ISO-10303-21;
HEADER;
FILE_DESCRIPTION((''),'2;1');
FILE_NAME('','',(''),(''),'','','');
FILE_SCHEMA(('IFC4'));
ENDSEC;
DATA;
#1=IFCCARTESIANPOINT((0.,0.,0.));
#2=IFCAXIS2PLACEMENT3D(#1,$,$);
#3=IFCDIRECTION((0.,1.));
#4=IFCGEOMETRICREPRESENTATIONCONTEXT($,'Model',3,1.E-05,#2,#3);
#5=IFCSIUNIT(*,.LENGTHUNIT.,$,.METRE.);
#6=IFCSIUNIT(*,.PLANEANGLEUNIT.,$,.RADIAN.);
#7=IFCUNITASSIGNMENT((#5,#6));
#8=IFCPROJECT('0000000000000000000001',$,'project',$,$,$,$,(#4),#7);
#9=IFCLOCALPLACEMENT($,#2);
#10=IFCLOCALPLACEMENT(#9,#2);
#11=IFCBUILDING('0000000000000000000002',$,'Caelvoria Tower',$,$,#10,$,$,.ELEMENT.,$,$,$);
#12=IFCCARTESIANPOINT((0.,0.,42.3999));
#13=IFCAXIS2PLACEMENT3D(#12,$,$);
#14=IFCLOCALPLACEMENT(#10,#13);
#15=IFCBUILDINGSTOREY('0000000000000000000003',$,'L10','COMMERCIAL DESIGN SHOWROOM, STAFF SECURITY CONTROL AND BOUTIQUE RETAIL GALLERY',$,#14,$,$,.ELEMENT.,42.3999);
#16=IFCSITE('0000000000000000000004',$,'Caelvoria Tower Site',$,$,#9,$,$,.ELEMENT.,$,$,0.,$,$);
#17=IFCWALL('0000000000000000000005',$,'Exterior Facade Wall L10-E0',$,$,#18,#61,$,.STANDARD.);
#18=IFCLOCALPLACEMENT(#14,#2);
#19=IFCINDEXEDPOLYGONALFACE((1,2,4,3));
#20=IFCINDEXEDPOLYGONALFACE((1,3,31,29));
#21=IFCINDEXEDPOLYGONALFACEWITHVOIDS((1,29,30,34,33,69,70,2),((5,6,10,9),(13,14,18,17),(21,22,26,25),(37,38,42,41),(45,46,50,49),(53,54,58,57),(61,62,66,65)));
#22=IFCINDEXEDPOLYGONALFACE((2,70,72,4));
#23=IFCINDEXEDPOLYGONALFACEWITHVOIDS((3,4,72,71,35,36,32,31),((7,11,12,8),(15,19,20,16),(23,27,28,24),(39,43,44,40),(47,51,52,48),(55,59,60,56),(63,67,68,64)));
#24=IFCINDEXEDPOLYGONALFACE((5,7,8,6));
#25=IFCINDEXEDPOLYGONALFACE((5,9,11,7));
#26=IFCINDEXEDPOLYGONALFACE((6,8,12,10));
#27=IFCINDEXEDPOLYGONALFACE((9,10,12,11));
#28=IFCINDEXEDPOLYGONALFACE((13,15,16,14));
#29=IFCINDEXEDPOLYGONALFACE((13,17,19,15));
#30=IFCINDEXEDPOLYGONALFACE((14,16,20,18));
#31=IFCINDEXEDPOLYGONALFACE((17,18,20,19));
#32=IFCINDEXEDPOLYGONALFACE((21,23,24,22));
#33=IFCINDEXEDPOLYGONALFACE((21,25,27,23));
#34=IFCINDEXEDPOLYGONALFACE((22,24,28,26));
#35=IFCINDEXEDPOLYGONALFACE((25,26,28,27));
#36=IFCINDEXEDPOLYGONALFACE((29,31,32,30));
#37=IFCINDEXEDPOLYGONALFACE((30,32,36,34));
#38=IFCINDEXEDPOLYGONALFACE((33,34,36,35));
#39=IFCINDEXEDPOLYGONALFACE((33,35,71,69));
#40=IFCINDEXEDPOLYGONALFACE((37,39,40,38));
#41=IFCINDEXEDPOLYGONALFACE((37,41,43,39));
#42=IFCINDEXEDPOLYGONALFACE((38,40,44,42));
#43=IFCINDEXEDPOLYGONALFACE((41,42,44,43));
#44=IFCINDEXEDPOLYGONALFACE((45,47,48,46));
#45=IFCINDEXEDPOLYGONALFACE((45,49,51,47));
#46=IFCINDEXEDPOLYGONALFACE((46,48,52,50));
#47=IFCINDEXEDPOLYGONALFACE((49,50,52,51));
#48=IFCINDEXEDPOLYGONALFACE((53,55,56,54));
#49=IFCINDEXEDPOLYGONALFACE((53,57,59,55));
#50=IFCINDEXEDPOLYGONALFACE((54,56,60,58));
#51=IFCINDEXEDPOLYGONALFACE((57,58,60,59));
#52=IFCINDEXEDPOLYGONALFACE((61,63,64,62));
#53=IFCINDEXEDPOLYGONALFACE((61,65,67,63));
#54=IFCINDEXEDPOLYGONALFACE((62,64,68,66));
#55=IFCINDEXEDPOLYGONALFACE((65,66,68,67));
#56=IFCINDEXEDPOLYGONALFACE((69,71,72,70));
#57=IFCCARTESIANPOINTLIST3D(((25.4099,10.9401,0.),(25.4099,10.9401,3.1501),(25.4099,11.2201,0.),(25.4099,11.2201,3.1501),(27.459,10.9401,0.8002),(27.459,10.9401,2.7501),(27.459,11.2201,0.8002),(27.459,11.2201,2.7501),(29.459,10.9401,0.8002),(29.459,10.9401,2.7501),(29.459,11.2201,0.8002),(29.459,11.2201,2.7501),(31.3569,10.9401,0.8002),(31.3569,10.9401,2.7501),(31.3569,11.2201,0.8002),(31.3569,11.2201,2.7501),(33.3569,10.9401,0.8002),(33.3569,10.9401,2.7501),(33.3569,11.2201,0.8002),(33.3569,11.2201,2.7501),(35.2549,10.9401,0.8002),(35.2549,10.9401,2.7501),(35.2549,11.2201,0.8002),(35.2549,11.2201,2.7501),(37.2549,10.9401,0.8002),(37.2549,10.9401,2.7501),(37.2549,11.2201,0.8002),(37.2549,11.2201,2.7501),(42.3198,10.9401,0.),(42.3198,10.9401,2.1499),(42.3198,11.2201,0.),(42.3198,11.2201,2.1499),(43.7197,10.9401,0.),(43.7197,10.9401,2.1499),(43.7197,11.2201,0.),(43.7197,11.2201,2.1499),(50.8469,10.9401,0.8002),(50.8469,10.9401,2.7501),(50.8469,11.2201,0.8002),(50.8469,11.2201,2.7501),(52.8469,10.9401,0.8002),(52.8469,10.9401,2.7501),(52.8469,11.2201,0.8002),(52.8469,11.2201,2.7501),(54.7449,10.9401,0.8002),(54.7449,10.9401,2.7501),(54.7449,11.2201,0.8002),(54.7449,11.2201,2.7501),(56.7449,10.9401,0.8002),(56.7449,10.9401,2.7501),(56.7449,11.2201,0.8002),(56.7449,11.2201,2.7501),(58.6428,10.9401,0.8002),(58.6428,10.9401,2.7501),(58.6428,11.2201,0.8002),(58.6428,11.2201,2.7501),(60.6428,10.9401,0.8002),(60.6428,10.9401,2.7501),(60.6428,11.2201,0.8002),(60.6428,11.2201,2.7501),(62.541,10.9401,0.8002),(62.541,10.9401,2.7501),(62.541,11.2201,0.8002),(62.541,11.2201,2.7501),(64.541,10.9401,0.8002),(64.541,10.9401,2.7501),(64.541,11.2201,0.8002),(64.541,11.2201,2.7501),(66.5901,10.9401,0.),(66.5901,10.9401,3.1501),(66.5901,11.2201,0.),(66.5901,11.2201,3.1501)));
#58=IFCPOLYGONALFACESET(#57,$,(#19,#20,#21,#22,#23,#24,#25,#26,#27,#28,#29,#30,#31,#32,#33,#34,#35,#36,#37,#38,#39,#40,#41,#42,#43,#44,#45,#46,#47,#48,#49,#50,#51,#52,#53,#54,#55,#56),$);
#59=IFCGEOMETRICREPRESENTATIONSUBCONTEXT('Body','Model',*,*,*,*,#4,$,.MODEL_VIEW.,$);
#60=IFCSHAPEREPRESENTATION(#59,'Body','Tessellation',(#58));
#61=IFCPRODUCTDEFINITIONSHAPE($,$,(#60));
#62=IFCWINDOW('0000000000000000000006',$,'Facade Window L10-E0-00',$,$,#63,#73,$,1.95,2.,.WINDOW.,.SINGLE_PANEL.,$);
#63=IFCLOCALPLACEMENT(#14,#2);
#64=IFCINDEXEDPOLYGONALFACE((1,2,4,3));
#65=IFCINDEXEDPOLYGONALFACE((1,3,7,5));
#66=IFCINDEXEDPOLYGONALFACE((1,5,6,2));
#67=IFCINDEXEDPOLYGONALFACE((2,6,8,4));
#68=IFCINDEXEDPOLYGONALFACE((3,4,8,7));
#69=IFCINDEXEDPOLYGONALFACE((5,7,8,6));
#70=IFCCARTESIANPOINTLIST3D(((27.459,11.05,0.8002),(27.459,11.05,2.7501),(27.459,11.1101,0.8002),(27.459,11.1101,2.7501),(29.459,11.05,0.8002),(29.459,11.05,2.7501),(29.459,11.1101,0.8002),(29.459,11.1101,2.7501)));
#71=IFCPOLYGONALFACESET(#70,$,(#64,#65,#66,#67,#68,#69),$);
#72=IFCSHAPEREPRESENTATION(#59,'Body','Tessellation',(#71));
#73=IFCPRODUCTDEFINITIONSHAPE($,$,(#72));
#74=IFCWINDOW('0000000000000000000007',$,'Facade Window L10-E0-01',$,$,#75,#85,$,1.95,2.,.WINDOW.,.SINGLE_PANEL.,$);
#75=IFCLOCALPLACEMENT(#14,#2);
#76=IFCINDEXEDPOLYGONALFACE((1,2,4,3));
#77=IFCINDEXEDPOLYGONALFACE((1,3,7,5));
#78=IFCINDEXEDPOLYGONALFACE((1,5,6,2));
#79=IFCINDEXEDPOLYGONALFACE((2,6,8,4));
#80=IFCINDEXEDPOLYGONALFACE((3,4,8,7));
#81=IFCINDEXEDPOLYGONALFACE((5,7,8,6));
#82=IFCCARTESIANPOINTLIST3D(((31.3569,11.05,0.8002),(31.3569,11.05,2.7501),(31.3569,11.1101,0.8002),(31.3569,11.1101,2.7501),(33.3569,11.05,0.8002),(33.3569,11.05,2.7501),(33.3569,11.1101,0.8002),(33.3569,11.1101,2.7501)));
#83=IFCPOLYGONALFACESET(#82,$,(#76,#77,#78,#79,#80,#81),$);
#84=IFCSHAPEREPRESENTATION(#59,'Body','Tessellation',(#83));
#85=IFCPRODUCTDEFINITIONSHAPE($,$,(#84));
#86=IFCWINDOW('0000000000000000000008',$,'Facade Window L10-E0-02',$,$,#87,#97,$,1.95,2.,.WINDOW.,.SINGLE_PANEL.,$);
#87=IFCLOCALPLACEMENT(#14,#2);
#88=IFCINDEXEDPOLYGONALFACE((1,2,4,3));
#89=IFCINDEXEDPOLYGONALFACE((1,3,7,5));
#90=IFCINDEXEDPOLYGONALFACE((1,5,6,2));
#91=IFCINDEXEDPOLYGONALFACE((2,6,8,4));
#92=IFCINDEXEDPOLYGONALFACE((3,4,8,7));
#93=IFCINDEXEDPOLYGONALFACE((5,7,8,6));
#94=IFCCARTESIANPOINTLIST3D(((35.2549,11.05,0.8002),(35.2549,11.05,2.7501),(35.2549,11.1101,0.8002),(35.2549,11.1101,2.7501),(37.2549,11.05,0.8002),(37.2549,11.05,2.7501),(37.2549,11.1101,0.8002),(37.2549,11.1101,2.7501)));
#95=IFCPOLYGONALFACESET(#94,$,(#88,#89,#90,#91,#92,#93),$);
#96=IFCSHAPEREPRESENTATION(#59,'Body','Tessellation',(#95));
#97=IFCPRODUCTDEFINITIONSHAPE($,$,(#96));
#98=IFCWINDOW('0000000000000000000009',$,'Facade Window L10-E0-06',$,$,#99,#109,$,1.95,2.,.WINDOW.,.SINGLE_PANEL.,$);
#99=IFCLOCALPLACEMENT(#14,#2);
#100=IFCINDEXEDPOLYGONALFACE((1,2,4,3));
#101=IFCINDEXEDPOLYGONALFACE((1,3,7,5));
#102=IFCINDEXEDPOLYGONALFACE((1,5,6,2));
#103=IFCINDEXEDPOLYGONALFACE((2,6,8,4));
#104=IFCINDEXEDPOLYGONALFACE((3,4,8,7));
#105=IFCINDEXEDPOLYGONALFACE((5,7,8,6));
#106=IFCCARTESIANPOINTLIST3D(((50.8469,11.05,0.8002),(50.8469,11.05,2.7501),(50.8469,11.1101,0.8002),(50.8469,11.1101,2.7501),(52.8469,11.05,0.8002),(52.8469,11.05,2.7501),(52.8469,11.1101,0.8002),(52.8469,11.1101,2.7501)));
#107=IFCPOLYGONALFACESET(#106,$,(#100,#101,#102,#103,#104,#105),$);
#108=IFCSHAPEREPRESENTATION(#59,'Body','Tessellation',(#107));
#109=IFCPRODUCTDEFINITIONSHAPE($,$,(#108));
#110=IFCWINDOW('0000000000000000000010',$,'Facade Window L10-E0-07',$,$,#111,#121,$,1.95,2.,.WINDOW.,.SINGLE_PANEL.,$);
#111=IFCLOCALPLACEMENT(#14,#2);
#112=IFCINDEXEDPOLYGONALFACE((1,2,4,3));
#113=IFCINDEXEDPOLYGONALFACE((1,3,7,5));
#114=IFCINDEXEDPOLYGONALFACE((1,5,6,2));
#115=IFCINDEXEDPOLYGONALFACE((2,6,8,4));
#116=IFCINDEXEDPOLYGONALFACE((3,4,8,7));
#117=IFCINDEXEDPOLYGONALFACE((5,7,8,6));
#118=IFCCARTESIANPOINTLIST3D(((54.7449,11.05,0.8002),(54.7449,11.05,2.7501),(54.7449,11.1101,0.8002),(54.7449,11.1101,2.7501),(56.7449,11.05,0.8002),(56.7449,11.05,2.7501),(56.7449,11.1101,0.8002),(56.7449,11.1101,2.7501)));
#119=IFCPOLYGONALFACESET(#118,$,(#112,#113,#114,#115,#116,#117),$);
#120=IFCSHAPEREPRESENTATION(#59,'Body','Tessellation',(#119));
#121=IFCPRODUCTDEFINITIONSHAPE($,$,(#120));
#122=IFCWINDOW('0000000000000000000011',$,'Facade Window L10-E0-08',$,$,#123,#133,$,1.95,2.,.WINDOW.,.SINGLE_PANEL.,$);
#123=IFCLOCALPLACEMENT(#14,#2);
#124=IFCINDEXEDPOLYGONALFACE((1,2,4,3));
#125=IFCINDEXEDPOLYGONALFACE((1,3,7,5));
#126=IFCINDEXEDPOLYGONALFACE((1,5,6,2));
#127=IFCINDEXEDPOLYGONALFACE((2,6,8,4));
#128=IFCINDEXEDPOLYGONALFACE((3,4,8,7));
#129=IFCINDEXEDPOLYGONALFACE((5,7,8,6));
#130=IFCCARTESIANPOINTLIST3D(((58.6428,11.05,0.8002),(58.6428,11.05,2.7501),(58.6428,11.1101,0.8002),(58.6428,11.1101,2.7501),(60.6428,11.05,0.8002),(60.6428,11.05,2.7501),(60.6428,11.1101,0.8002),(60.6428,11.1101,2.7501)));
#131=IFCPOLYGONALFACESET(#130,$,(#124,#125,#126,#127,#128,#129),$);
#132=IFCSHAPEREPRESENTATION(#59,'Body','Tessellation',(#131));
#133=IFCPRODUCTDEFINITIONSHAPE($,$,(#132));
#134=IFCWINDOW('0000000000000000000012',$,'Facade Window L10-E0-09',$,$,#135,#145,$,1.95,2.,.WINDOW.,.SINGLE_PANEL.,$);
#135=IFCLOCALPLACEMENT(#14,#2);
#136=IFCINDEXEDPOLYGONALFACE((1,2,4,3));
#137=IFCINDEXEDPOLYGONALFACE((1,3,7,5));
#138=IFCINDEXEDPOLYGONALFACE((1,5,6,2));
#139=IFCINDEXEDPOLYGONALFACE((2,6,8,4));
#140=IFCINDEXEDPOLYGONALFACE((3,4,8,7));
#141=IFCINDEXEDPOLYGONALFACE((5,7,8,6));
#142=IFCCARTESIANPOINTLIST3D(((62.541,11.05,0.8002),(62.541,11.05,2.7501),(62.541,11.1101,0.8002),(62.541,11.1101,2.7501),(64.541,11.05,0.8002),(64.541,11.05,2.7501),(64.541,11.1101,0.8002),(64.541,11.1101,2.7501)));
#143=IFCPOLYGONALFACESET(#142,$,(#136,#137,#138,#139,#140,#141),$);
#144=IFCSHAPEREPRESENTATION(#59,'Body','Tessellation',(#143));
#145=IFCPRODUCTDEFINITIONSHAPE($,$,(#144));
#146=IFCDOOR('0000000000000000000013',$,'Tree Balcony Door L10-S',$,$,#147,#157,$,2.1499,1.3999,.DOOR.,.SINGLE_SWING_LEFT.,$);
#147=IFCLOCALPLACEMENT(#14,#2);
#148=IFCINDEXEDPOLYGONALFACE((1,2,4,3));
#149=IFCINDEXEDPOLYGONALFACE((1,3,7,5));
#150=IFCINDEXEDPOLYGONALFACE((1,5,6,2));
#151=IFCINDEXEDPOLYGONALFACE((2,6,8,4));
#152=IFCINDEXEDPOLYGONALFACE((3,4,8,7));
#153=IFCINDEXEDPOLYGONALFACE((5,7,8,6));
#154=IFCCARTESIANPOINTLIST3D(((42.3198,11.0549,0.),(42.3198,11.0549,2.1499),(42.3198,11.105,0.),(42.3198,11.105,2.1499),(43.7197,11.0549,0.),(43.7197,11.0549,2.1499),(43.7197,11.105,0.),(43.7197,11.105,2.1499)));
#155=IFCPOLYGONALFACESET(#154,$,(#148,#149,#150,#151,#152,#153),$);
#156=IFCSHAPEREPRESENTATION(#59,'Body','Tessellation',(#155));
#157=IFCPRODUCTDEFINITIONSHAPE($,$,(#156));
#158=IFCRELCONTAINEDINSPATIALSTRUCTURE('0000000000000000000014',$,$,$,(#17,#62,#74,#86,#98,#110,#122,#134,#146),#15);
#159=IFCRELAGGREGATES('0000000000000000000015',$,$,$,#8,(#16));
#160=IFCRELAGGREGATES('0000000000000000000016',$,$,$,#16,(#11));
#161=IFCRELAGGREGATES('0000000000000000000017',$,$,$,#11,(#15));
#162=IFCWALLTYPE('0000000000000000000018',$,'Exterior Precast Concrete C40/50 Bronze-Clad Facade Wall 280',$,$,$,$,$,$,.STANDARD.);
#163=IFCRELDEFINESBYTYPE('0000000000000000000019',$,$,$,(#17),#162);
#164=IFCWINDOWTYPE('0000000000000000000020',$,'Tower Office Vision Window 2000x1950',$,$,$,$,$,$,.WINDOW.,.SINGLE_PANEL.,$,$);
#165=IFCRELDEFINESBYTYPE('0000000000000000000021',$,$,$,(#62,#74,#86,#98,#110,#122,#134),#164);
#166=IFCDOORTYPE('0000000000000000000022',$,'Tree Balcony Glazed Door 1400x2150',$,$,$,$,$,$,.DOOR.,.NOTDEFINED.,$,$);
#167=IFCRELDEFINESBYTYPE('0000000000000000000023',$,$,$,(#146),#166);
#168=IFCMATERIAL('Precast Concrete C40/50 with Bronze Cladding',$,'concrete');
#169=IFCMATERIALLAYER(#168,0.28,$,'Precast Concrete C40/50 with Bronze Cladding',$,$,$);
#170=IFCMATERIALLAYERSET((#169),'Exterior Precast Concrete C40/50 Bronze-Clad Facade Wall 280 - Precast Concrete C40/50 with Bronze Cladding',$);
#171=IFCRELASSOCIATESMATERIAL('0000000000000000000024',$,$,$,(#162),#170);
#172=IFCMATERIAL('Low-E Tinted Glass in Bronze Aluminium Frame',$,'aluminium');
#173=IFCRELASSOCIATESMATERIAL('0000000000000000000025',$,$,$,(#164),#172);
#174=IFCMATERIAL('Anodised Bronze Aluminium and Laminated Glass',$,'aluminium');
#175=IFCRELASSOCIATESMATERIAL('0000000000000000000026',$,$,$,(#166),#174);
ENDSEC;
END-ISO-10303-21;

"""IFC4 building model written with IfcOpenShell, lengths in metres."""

from ifc_helpers import new_model, si_unit, direction, frame, frame_2d, origin, place, context, subcontext, project, spatial, rectangle, extrude, material, layer, layer_set, type_object, element, fill, save


model = new_model("IFC4")

# Units and contexts
model_context = context("Model", 3, precision=1e-05, world=origin(), true_north=direction((0.0, 1.0)))
body_context = subcontext(model_context, "Body", "Model", "MODEL_VIEW")
ifc_project = project(units=[si_unit("LENGTHUNIT", "METRE"), si_unit("PLANEANGLEUNIT", "RADIAN")], contexts=[model_context])

# Site, building, storey
site_placement = place(None, origin())
site = spatial("IfcSite", under=ifc_project, at=site_placement, Name="Caelvoria Tower Site", CompositionType="ELEMENT", RefElevation=0.0)
building_placement = place(site_placement, origin())
building = spatial("IfcBuilding", under=site, at=building_placement, Name="Caelvoria Tower", CompositionType="ELEMENT")
storey_placement = place(building_placement, frame((0.0, 0.0, 42.3999)))
storey = spatial("IfcBuildingStorey", under=building, at=storey_placement, Name="L10", Description="COMMERCIAL DESIGN SHOWROOM, STAFF SECURITY CONTROL AND BOUTIQUE RETAIL GALLERY", CompositionType="ELEMENT", Elevation=42.3999)

# Wall, openings, windows, door
ifc_material_1 = material(Name="Precast Concrete C40/50 with Bronze Cladding", Category="concrete")
ifc_layer_1 = layer(ifc_material_1, 0.28, Name="Precast Concrete C40/50 with Bronze Cladding")
ifc_layer_set_1 = layer_set([ifc_layer_1], Name="Exterior Precast Concrete C40/50 Bronze-Clad Facade Wall 280 - Precast Concrete C40/50 with Bronze Cladding")
wall_type = type_object("IfcWallType", Name="Exterior Precast Concrete C40/50 Bronze-Clad Facade Wall 280", PredefinedType="STANDARD", material=ifc_layer_set_1)
wall_placement = place(storey_placement, frame((25.4099, 11.0801, 0.0), z_axis=(0.0, 0.0, 1.0), x_axis=(1.0, 0.0, 0.0)))
wall = element("IfcWall", 1, at=wall_placement, inside=storey, type_object=wall_type, Name="Exterior Facade Wall L10-E0", PredefinedType="STANDARD", context=body_context, shape_type="SweptSolid", body=[
    extrude(rectangle(XDim=41.1802, YDim=0.28, at=frame_2d((20.5901, 0.0))), origin(), (0.0, 0.0, 1.0), 3.1501),
])
opening_1_placement = place(wall_placement, frame((16.9099, 0.0, 0.0)))
opening_1 = element("IfcOpeningElement", 2, at=opening_1_placement, cuts=wall, PredefinedType="OPENING", context=body_context, shape_type="SweptSolid", body=[
    extrude(rectangle(XDim=1.3999, YDim=2.1499, at=frame_2d((0.7, 1.075))), frame((0.0, 0.1499, 0.0), z_axis=(0.0, -1.0, 0.0), x_axis=(1.0, 0.0, 0.0)), (0.0, 0.0, 1.0), 0.3),
])
opening_2_placement = place(wall_placement, frame((2.0491, 0.0, 0.8)))
opening_2 = element("IfcOpeningElement", 3, at=opening_2_placement, cuts=wall, PredefinedType="OPENING", context=body_context, shape_type="SweptSolid", body=[
    extrude(rectangle(XDim=2.0, YDim=1.95, at=frame_2d((1.0, 0.9751))), frame((0.0, 0.1499, 0.0), z_axis=(0.0, -1.0, 0.0), x_axis=(1.0, 0.0, 0.0)), (0.0, 0.0, 1.0), 0.3),
])
opening_3_placement = place(wall_placement, frame((5.947, 0.0, 0.8)))
opening_3 = element("IfcOpeningElement", 4, at=opening_3_placement, cuts=wall, PredefinedType="OPENING", context=body_context, shape_type="SweptSolid", body=[
    extrude(rectangle(XDim=2.0, YDim=1.95, at=frame_2d((1.0, 0.9751))), frame((0.0, 0.1499, 0.0), z_axis=(0.0, -1.0, 0.0), x_axis=(1.0, 0.0, 0.0)), (0.0, 0.0, 1.0), 0.3),
])
opening_4_placement = place(wall_placement, frame((9.845, 0.0, 0.8)))
opening_4 = element("IfcOpeningElement", 5, at=opening_4_placement, cuts=wall, PredefinedType="OPENING", context=body_context, shape_type="SweptSolid", body=[
    extrude(rectangle(XDim=2.0, YDim=1.95, at=frame_2d((1.0, 0.9751))), frame((0.0, 0.1499, 0.0), z_axis=(0.0, -1.0, 0.0), x_axis=(1.0, 0.0, 0.0)), (0.0, 0.0, 1.0), 0.3),
])
opening_5_placement = place(wall_placement, frame((25.437, 0.0, 0.8)))
opening_5 = element("IfcOpeningElement", 6, at=opening_5_placement, cuts=wall, PredefinedType="OPENING", context=body_context, shape_type="SweptSolid", body=[
    extrude(rectangle(XDim=2.0, YDim=1.95, at=frame_2d((1.0, 0.9751))), frame((0.0, 0.1499, 0.0), z_axis=(0.0, -1.0, 0.0), x_axis=(1.0, 0.0, 0.0)), (0.0, 0.0, 1.0), 0.3),
])
opening_6_placement = place(wall_placement, frame((29.335, 0.0, 0.8)))
opening_6 = element("IfcOpeningElement", 7, at=opening_6_placement, cuts=wall, PredefinedType="OPENING", context=body_context, shape_type="SweptSolid", body=[
    extrude(rectangle(XDim=2.0, YDim=1.95, at=frame_2d((1.0, 0.9751))), frame((0.0, 0.1499, 0.0), z_axis=(0.0, -1.0, 0.0), x_axis=(1.0, 0.0, 0.0)), (0.0, 0.0, 1.0), 0.3),
])
opening_7_placement = place(wall_placement, frame((33.2329, 0.0, 0.8)))
opening_7 = element("IfcOpeningElement", 8, at=opening_7_placement, cuts=wall, PredefinedType="OPENING", context=body_context, shape_type="SweptSolid", body=[
    extrude(rectangle(XDim=2.0, YDim=1.95, at=frame_2d((1.0, 0.9751))), frame((0.0, 0.1499, 0.0), z_axis=(0.0, -1.0, 0.0), x_axis=(1.0, 0.0, 0.0)), (0.0, 0.0, 1.0), 0.3),
])
opening_8_placement = place(wall_placement, frame((37.1311, 0.0, 0.8)))
opening_8 = element("IfcOpeningElement", 9, at=opening_8_placement, cuts=wall, PredefinedType="OPENING", context=body_context, shape_type="SweptSolid", body=[
    extrude(rectangle(XDim=2.0, YDim=1.95, at=frame_2d((1.0, 0.9751))), frame((0.0, 0.1499, 0.0), z_axis=(0.0, -1.0, 0.0), x_axis=(1.0, 0.0, 0.0)), (0.0, 0.0, 1.0), 0.3),
])
ifc_material_2 = material(Name="Low-E Tinted Glass in Bronze Aluminium Frame", Category="aluminium")
window_type = type_object("IfcWindowType", Name="Tower Office Vision Window 2000x1950", PartitioningType="SINGLE_PANEL", PredefinedType="WINDOW", material=ifc_material_2)
window_1_placement = place(opening_2_placement, origin())
window_1 = element("IfcWindow", 10, at=window_1_placement, inside=storey, type_object=window_type, Name="Facade Window L10-E0-00", OverallHeight=1.95, OverallWidth=2.0, PartitioningType="SINGLE_PANEL", PredefinedType="WINDOW", context=body_context, shape_type="SweptSolid", body=[
    extrude(rectangle(XDim=2.0, YDim=1.95, at=frame_2d((1.0, 0.9751))), frame((0.0, 0.03, 0.0), z_axis=(0.0, -1.0, 0.0), x_axis=(1.0, 0.0, 0.0)), (0.0, 0.0, 1.0), 0.0601),
])
fill(opening_2, window_1)
window_2_placement = place(opening_3_placement, origin())
window_2 = element("IfcWindow", 11, at=window_2_placement, inside=storey, type_object=window_type, Name="Facade Window L10-E0-01", OverallHeight=1.95, OverallWidth=2.0, PartitioningType="SINGLE_PANEL", PredefinedType="WINDOW", context=body_context, shape_type="SweptSolid", body=[
    extrude(rectangle(XDim=2.0, YDim=1.95, at=frame_2d((1.0, 0.9751))), frame((0.0, 0.03, 0.0), z_axis=(0.0, -1.0, 0.0), x_axis=(1.0, 0.0, 0.0)), (0.0, 0.0, 1.0), 0.0601),
])
fill(opening_3, window_2)
window_3_placement = place(opening_4_placement, origin())
window_3 = element("IfcWindow", 12, at=window_3_placement, inside=storey, type_object=window_type, Name="Facade Window L10-E0-02", OverallHeight=1.95, OverallWidth=2.0, PartitioningType="SINGLE_PANEL", PredefinedType="WINDOW", context=body_context, shape_type="SweptSolid", body=[
    extrude(rectangle(XDim=2.0, YDim=1.95, at=frame_2d((1.0, 0.9751))), frame((0.0, 0.03, 0.0), z_axis=(0.0, -1.0, 0.0), x_axis=(1.0, 0.0, 0.0)), (0.0, 0.0, 1.0), 0.0601),
])
fill(opening_4, window_3)
window_4_placement = place(opening_5_placement, origin())
window_4 = element("IfcWindow", 13, at=window_4_placement, inside=storey, type_object=window_type, Name="Facade Window L10-E0-06", OverallHeight=1.95, OverallWidth=2.0, PartitioningType="SINGLE_PANEL", PredefinedType="WINDOW", context=body_context, shape_type="SweptSolid", body=[
    extrude(rectangle(XDim=2.0, YDim=1.95, at=frame_2d((1.0, 0.9751))), frame((0.0, 0.03, 0.0), z_axis=(0.0, -1.0, 0.0), x_axis=(1.0, 0.0, 0.0)), (0.0, 0.0, 1.0), 0.0601),
])
fill(opening_5, window_4)
window_5_placement = place(opening_6_placement, origin())
window_5 = element("IfcWindow", 14, at=window_5_placement, inside=storey, type_object=window_type, Name="Facade Window L10-E0-07", OverallHeight=1.95, OverallWidth=2.0, PartitioningType="SINGLE_PANEL", PredefinedType="WINDOW", context=body_context, shape_type="SweptSolid", body=[
    extrude(rectangle(XDim=2.0, YDim=1.95, at=frame_2d((1.0, 0.9751))), frame((0.0, 0.03, 0.0), z_axis=(0.0, -1.0, 0.0), x_axis=(1.0, 0.0, 0.0)), (0.0, 0.0, 1.0), 0.0601),
])
fill(opening_6, window_5)
window_6_placement = place(opening_7_placement, origin())
window_6 = element("IfcWindow", 15, at=window_6_placement, inside=storey, type_object=window_type, Name="Facade Window L10-E0-08", OverallHeight=1.95, OverallWidth=2.0, PartitioningType="SINGLE_PANEL", PredefinedType="WINDOW", context=body_context, shape_type="SweptSolid", body=[
    extrude(rectangle(XDim=2.0, YDim=1.95, at=frame_2d((1.0, 0.9751))), frame((0.0, 0.03, 0.0), z_axis=(0.0, -1.0, 0.0), x_axis=(1.0, 0.0, 0.0)), (0.0, 0.0, 1.0), 0.0601),
])
fill(opening_7, window_6)
window_7_placement = place(opening_8_placement, origin())
window_7 = element("IfcWindow", 16, at=window_7_placement, inside=storey, type_object=window_type, Name="Facade Window L10-E0-09", OverallHeight=1.95, OverallWidth=2.0, PartitioningType="SINGLE_PANEL", PredefinedType="WINDOW", context=body_context, shape_type="SweptSolid", body=[
    extrude(rectangle(XDim=2.0, YDim=1.95, at=frame_2d((1.0, 0.9751))), frame((0.0, 0.03, 0.0), z_axis=(0.0, -1.0, 0.0), x_axis=(1.0, 0.0, 0.0)), (0.0, 0.0, 1.0), 0.0601),
])
fill(opening_8, window_7)
ifc_material_3 = material(Name="Anodised Bronze Aluminium and Laminated Glass", Category="aluminium")
door_type = type_object("IfcDoorType", Name="Tree Balcony Glazed Door 1400x2150", OperationType="NOTDEFINED", PredefinedType="DOOR", material=ifc_material_3)
door_placement = place(opening_1_placement, origin())
door = element("IfcDoor", 17, at=door_placement, inside=storey, type_object=door_type, Name="Tree Balcony Door L10-S", OperationType="SINGLE_SWING_LEFT", OverallHeight=2.1499, OverallWidth=1.3999, PredefinedType="DOOR", context=body_context, shape_type="SweptSolid", body=[
    extrude(rectangle(XDim=1.3999, YDim=2.1499, at=frame_2d((0.7, 1.075))), frame((0.0, 0.0249, 0.0), z_axis=(0.0, -1.0, 0.0), x_axis=(1.0, 0.0, 0.0)), (0.0, 0.0, 1.0), 0.05),
])
fill(opening_1, door)

save(model, "model.ifc")
